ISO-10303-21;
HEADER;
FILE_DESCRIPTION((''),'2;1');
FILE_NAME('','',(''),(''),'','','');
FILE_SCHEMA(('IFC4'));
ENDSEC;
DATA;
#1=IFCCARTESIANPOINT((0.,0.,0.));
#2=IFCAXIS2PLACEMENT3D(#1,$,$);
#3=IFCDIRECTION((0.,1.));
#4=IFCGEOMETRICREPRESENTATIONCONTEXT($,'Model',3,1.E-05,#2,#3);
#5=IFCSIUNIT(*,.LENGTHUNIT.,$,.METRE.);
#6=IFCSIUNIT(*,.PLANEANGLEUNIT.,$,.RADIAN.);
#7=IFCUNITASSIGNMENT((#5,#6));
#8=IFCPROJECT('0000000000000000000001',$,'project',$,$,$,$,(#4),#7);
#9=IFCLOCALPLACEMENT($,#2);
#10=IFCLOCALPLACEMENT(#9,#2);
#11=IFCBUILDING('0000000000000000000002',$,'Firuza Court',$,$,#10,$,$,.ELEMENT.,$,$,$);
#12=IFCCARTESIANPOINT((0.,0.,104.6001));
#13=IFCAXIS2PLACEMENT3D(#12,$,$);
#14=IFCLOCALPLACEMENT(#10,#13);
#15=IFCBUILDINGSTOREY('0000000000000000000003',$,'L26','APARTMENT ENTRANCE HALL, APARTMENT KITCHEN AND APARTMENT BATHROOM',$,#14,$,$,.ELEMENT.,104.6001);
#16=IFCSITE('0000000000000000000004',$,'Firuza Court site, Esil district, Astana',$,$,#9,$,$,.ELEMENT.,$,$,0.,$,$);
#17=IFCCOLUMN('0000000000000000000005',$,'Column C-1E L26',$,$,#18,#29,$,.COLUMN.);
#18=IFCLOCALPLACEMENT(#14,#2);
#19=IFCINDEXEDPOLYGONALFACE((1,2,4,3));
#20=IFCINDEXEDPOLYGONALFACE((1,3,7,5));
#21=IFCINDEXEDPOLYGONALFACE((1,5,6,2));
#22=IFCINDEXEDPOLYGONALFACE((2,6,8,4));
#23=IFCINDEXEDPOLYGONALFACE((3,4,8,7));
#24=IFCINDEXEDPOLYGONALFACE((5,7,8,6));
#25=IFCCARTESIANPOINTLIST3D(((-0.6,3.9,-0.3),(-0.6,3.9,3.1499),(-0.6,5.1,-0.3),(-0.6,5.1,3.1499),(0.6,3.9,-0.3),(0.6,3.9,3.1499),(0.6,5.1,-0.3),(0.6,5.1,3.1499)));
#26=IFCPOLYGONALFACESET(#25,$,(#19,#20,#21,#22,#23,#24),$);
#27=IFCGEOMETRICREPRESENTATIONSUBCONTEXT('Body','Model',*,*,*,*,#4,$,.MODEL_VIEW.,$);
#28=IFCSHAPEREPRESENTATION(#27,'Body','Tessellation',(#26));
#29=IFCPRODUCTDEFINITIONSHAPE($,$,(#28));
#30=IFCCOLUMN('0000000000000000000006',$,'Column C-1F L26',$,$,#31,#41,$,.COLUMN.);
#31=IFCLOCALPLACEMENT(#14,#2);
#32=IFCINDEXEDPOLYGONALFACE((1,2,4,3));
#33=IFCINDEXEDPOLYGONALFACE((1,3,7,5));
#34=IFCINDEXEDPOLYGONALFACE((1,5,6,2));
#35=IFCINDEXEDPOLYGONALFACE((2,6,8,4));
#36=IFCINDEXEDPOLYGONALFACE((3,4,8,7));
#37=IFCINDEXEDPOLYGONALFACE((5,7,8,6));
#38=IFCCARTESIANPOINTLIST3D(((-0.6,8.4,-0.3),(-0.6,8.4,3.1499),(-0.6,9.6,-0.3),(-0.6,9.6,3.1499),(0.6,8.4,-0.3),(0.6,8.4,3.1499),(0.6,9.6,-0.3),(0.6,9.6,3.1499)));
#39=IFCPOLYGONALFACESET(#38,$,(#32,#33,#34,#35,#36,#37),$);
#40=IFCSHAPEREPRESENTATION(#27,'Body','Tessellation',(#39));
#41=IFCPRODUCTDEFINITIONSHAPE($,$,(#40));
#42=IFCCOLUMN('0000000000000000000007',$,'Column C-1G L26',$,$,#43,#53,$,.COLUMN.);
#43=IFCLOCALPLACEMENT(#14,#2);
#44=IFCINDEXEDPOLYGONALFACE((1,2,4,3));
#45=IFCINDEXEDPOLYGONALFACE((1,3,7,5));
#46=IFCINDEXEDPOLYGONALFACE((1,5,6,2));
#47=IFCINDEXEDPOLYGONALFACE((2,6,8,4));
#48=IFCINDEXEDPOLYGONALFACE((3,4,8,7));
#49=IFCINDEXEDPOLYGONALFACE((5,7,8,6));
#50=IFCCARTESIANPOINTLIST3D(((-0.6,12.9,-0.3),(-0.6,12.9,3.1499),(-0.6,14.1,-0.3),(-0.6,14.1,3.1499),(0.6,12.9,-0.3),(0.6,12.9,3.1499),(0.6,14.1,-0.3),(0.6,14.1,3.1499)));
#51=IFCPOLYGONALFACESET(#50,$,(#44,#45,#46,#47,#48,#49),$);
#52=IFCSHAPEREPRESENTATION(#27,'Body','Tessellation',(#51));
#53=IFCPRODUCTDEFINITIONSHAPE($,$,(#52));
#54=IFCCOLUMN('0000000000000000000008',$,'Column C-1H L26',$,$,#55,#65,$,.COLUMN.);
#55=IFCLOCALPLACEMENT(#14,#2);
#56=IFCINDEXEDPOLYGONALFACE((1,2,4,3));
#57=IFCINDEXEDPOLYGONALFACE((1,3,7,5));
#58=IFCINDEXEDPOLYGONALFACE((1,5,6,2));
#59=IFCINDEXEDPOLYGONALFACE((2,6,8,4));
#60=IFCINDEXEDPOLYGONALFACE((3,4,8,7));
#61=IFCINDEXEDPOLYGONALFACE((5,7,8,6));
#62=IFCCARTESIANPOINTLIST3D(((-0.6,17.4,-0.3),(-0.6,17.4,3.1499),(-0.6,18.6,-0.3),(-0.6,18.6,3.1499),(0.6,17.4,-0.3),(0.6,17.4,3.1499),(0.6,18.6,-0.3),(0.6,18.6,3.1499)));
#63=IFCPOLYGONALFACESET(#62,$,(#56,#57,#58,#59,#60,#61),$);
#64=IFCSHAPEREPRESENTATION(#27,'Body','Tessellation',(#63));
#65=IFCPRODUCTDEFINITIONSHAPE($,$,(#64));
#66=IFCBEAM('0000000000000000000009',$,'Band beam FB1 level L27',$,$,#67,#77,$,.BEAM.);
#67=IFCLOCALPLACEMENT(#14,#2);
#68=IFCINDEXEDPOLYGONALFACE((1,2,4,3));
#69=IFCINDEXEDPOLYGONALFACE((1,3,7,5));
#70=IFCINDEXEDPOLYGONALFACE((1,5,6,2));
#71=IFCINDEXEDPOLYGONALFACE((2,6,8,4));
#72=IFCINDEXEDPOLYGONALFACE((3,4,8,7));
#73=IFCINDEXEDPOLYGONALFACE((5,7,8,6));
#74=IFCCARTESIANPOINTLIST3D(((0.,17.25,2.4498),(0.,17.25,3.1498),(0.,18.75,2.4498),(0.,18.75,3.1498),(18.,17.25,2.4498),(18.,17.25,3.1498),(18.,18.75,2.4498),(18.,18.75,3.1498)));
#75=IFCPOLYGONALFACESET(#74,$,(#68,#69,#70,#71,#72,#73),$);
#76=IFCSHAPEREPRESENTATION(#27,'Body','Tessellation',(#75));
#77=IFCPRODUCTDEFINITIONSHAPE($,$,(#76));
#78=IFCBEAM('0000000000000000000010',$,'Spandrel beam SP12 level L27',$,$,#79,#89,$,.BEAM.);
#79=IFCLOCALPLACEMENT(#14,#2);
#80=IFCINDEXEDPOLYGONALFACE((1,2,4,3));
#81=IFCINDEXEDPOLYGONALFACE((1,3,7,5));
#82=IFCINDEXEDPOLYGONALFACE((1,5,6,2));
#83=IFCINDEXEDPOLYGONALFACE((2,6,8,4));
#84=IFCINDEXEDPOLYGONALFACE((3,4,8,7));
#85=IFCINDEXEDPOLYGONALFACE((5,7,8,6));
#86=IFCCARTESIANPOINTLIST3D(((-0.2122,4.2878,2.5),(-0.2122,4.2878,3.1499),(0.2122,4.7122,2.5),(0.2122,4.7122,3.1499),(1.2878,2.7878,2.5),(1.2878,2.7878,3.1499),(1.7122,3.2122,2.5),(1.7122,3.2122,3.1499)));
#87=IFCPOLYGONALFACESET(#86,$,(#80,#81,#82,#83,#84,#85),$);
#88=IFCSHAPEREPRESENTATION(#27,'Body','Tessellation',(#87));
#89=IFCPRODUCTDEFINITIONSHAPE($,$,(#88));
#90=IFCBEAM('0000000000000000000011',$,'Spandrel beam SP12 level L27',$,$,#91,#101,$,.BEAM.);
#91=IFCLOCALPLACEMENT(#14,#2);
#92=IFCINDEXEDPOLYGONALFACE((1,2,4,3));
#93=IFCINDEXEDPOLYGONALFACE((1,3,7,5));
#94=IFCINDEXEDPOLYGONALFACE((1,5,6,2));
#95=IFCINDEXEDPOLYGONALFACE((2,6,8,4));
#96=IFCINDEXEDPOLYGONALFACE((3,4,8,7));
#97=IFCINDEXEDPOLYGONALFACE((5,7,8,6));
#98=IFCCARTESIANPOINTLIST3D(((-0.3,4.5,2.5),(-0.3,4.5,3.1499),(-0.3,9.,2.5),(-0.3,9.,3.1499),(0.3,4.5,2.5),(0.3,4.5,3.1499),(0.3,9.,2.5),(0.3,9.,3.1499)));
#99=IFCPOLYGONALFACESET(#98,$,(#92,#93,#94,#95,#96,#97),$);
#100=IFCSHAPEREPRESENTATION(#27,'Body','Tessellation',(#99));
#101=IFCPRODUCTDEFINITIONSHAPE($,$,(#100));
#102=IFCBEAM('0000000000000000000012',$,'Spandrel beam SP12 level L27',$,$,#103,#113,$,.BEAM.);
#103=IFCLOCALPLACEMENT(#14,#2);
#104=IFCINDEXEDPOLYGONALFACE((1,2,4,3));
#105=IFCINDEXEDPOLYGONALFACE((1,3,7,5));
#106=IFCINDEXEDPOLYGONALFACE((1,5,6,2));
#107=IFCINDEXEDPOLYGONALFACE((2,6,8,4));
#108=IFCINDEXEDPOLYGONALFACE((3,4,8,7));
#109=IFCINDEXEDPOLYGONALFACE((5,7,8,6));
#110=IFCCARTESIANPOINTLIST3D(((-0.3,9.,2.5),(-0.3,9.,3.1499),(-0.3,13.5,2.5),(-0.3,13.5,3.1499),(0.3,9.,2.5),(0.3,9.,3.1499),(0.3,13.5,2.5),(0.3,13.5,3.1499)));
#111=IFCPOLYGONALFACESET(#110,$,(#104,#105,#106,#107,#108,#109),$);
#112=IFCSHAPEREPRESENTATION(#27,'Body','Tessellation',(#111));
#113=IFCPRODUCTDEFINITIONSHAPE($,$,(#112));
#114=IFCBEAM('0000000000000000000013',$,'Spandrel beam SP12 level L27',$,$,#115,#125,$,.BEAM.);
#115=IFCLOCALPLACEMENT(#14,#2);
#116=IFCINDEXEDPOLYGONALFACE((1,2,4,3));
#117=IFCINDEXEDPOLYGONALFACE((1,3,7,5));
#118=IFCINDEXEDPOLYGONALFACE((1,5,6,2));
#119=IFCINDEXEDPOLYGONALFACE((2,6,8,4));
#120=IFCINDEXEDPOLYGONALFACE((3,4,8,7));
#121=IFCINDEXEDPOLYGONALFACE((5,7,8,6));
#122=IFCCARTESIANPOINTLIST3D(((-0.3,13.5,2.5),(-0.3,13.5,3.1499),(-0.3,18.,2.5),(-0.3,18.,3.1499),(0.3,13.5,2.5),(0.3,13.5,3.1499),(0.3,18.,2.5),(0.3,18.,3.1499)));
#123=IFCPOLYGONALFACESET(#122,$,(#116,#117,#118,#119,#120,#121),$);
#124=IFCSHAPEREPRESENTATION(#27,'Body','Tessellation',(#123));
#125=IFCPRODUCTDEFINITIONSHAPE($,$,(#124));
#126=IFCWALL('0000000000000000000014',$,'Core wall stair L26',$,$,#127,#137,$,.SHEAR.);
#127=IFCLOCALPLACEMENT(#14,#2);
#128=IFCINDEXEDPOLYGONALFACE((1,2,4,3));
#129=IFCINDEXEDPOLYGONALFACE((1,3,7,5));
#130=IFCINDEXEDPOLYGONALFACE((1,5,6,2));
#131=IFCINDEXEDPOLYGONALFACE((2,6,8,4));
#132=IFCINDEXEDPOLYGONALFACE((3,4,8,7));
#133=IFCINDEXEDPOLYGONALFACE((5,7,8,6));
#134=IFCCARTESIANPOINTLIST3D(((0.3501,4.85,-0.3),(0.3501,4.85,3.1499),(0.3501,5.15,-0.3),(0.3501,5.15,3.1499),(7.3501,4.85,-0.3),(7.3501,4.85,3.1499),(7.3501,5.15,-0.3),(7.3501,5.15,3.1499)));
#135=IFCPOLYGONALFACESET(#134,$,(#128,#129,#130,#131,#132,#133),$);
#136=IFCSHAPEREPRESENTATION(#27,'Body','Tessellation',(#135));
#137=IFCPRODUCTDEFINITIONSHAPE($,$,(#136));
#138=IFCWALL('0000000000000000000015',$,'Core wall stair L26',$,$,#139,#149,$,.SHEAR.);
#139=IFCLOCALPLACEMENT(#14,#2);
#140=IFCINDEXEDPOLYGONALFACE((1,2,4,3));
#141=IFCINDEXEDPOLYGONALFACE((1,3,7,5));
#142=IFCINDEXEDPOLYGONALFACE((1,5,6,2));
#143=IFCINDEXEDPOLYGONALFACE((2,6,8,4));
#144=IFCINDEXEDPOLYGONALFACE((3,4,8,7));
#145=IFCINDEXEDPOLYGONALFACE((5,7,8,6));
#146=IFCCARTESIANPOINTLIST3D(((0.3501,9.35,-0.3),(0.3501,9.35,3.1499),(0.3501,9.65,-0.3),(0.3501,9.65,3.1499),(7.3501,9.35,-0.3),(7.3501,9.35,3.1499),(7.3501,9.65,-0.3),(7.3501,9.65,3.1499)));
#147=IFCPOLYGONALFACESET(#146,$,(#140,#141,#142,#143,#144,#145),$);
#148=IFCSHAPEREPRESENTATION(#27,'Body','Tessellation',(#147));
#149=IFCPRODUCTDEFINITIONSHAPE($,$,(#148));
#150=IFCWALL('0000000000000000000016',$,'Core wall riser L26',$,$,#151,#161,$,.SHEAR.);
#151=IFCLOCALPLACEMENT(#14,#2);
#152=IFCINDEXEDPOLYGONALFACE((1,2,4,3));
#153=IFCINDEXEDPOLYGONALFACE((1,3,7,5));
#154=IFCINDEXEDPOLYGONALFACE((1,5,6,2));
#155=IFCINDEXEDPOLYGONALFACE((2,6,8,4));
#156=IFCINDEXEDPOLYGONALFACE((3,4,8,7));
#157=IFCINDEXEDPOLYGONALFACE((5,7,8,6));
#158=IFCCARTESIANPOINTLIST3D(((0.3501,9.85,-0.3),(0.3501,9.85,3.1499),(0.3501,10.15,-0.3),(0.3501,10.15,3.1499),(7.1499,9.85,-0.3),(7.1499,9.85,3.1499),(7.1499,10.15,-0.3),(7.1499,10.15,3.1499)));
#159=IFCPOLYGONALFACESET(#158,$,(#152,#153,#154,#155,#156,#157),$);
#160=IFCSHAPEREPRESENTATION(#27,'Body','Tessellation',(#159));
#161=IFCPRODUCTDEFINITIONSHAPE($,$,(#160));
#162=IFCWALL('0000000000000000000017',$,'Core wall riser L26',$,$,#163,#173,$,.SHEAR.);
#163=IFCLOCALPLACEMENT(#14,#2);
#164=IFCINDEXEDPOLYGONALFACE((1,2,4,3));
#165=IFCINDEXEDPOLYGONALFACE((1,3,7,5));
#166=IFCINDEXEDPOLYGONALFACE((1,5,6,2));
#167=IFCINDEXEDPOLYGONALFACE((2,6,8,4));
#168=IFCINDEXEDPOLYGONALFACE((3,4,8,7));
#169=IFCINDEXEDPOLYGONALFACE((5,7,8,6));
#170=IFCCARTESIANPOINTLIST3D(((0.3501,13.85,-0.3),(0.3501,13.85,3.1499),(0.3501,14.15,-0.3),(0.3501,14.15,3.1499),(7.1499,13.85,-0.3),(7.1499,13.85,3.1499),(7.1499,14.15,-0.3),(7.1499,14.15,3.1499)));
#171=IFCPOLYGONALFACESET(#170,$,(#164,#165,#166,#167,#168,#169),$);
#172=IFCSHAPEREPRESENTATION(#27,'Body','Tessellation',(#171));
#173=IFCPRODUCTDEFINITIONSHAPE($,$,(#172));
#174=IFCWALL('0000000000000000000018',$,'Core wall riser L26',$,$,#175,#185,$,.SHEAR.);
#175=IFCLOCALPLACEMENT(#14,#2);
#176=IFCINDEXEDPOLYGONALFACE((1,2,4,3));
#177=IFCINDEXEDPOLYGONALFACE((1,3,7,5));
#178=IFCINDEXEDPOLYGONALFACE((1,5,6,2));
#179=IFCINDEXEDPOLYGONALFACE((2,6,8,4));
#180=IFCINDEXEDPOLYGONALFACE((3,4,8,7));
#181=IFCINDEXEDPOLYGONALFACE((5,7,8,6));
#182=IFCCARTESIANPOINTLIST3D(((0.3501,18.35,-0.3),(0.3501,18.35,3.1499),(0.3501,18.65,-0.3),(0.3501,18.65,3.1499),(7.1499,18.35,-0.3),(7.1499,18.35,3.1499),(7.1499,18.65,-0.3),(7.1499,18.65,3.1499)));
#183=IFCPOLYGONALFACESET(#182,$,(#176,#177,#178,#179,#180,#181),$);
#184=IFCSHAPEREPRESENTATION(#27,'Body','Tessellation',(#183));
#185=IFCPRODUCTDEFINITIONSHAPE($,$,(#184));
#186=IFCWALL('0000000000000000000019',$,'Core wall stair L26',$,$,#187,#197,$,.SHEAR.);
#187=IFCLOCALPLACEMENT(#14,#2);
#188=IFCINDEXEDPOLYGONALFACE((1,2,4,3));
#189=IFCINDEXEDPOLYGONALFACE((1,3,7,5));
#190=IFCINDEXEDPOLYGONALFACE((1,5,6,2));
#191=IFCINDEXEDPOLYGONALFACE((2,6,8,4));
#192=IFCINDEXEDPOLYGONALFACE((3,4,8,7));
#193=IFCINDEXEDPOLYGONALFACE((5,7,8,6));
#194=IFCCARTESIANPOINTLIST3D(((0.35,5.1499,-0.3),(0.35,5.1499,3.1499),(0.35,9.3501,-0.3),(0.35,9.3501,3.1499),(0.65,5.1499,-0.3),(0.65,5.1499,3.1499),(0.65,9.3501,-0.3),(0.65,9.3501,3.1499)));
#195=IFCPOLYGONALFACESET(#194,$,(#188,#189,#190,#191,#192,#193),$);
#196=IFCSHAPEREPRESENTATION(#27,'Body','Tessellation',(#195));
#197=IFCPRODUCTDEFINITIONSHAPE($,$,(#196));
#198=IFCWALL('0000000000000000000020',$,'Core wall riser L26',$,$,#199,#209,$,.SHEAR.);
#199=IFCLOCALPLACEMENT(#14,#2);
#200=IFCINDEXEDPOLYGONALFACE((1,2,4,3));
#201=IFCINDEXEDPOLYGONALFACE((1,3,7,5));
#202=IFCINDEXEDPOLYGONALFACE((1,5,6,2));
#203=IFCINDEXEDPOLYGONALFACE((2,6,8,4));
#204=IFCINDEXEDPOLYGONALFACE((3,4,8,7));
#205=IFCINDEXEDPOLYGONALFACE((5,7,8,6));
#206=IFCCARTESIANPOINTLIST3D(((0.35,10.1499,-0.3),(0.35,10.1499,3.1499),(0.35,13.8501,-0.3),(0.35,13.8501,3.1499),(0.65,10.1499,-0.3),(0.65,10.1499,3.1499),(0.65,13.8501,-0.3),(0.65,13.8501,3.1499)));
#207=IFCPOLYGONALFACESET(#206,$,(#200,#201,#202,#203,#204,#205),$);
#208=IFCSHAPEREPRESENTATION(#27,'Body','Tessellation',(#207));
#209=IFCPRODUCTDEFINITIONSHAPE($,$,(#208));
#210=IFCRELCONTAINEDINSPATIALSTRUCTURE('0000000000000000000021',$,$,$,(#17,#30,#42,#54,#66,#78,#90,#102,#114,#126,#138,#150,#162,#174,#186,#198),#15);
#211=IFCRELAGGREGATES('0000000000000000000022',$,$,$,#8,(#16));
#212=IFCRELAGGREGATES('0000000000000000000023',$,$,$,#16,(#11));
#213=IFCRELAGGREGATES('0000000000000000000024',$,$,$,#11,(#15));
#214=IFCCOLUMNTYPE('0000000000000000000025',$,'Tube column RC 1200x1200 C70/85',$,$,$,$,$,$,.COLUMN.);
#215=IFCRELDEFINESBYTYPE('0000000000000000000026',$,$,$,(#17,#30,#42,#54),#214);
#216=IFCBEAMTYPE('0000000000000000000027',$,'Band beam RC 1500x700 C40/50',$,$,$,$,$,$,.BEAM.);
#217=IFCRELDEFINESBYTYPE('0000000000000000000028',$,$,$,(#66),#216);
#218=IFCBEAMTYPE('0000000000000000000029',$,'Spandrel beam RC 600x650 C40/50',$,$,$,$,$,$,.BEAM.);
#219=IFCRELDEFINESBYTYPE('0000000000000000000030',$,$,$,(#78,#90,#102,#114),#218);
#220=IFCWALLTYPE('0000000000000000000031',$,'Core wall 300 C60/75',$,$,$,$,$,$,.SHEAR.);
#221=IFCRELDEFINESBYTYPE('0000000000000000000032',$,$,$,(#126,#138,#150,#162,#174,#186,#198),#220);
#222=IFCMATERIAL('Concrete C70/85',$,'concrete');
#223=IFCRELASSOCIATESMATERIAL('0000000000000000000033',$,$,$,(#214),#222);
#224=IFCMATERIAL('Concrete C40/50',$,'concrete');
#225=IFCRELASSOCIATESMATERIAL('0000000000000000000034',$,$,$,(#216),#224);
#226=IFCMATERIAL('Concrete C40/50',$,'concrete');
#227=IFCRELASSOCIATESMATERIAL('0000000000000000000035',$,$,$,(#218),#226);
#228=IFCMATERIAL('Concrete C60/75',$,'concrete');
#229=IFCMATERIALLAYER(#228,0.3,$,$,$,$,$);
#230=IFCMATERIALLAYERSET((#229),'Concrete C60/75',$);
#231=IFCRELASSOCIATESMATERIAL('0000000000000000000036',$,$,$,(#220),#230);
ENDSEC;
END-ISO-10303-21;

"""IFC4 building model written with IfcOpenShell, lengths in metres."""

from ifc_helpers import new_model, si_unit, direction, frame, frame_2d, origin, origin_2d, place, context, subcontext, project, spatial, rectangle, extrude, material, layer, layer_set, material_profile, profile_set, type_object, element, save


model = new_model("IFC4")

# Units and contexts
model_context = context("Model", 3, precision=1e-05, world=origin(), true_north=direction((0.0, 1.0)))
body_context = subcontext(model_context, "Body", "Model", "MODEL_VIEW")
ifc_project = project(units=[si_unit("LENGTHUNIT", "METRE"), si_unit("PLANEANGLEUNIT", "RADIAN")], contexts=[model_context])

# Site, building, storey
site_placement = place(None, origin())
site = spatial("IfcSite", under=ifc_project, at=site_placement, Name="Firuza Court site, Esil district, Astana", CompositionType="ELEMENT", RefElevation=0.0)
building_placement = place(site_placement, origin())
building = spatial("IfcBuilding", under=site, at=building_placement, Name="Firuza Court", CompositionType="ELEMENT")
storey_placement = place(building_placement, frame((0.0, 0.0, 104.6001)))
storey = spatial("IfcBuildingStorey", under=building, at=storey_placement, Name="L26", Description="APARTMENT ENTRANCE HALL, APARTMENT KITCHEN AND APARTMENT BATHROOM", CompositionType="ELEMENT", Elevation=104.6001)

# Columns
ifc_material_1 = material(Name="Concrete C70/85", Category="concrete")
ifc_material_profile_1 = material_profile(ifc_material_1, rectangle(XDim=1.2, YDim=1.2, at=origin_2d()), Name="RC 1200x1200")
ifc_profile_set_1 = profile_set([ifc_material_profile_1], Name="Concrete C70/85")
column_type = type_object("IfcColumnType", Name="Tube column RC 1200x1200 C70/85", PredefinedType="COLUMN", material=ifc_profile_set_1)
for number, where, z_axis, x_axis, name in (
    (1, (0.0, 4.5, -0.3), (0.0, 0.0, 1.0), (1.0, 0.0, 0.0), "Column C-1E L26"),
    (2, (0.0, 9.0, -0.3), (0.0, 0.0, 1.0), (1.0, 0.0, 0.0), "Column C-1F L26"),
    (3, (0.0, 13.5, -0.3), (0.0, 0.0, 1.0), (1.0, 0.0, 0.0), "Column C-1G L26"),
    (4, (0.0, 18.0, -0.3), (0.0, 0.0, 1.0), (1.0, 0.0, 0.0), "Column C-1H L26"),
):
    element("IfcColumn", number, at=place(storey_placement, frame(where, z_axis=z_axis, x_axis=x_axis)), inside=storey, type_object=column_type, Name=name, PredefinedType="COLUMN", context=body_context, shape_type="SweptSolid", body=[
        extrude(rectangle(XDim=1.2, YDim=1.2, at=origin_2d()), origin(), (0.0, 0.0, 1.0), 3.45),
    ])

# Beams
ifc_material_2 = material(Name="Concrete C40/50", Category="concrete")
ifc_material_profile_2 = material_profile(ifc_material_2, rectangle(XDim=1.5, YDim=0.7, at=origin_2d()), Name="RC 1500x700")
ifc_profile_set_2 = profile_set([ifc_material_profile_2], Name="Concrete C40/50")
beam_type_1 = type_object("IfcBeamType", Name="Band beam RC 1500x700 C40/50", PredefinedType="BEAM", material=ifc_profile_set_2)
beam_1_placement = place(storey_placement, frame((0.0, 18.0, 2.7998), z_axis=(1.0, 0.0, 0.0), x_axis=(0.0, 1.0, 0.0)))
element("IfcBeam", 5, at=beam_1_placement, inside=storey, type_object=beam_type_1, Name="Band beam FB1 level L27", PredefinedType="BEAM", context=body_context, shape_type="SweptSolid", body=[
    extrude(rectangle(XDim=1.5, YDim=0.7, at=origin_2d()), origin(), (0.0, 0.0, 1.0), 18.0),
])
ifc_material_3 = material(Name="Concrete C40/50", Category="concrete")
ifc_material_profile_3 = material_profile(ifc_material_3, rectangle(XDim=0.6001, YDim=0.6499, at=origin_2d()), Name="RC 600x650")
ifc_profile_set_3 = profile_set([ifc_material_profile_3], Name="Concrete C40/50")
beam_type_2 = type_object("IfcBeamType", Name="Spandrel beam RC 600x650 C40/50", PredefinedType="BEAM", material=ifc_profile_set_3)
beam_2_placement = place(storey_placement, frame((0.0, 4.5, 2.825), z_axis=(0.707107, -0.707107, 0.0), x_axis=(0.707107, 0.707107, 0.0)))
element("IfcBeam", 6, at=beam_2_placement, inside=storey, type_object=beam_type_2, Name="Spandrel beam SP12 level L27", PredefinedType="BEAM", context=body_context, shape_type="SweptSolid", body=[
    extrude(rectangle(XDim=0.6001, YDim=0.6499, at=origin_2d()), origin(), (0.0, 0.0, 1.0), 2.1213),
])
for number, where, z_axis, x_axis, name in (
    (7, (0.0, 9.0, 2.825), (0.0, -1.0, 0.0), (1.0, 0.0, 0.0), "Spandrel beam SP12 level L27"),
    (8, (0.0, 13.5, 2.825), (0.0, -1.0, 0.0), (1.0, 0.0, 0.0), "Spandrel beam SP12 level L27"),
    (9, (0.0, 18.0, 2.825), (0.0, -1.0, 0.0), (1.0, 0.0, 0.0), "Spandrel beam SP12 level L27"),
):
    element("IfcBeam", number, at=place(storey_placement, frame(where, z_axis=z_axis, x_axis=x_axis)), inside=storey, type_object=beam_type_2, Name=name, PredefinedType="BEAM", context=body_context, shape_type="SweptSolid", body=[
        extrude(rectangle(XDim=0.6001, YDim=0.6499, at=origin_2d()), origin(), (0.0, 0.0, 1.0), 4.5),
    ])

# Walls
ifc_material_4 = material(Name="Concrete C60/75", Category="concrete")
ifc_layer_1 = layer(ifc_material_4, 0.3)
ifc_layer_set_1 = layer_set([ifc_layer_1], Name="Concrete C60/75")
wall_type_1 = type_object("IfcWallType", Name="Core wall 300 C60/75", PredefinedType="SHEAR", material=ifc_layer_set_1)
for number, where, z_axis, x_axis, name in (
    (10, (0.3501, 5.0, -0.3), (0.0, 0.0, 1.0), (1.0, 0.0, 0.0), "Core wall stair L26"),
    (11, (0.3501, 9.5, -0.3), (0.0, 0.0, 1.0), (1.0, 0.0, 0.0), "Core wall stair L26"),
):
    element("IfcWall", number, at=place(storey_placement, frame(where, z_axis=z_axis, x_axis=x_axis)), inside=storey, type_object=wall_type_1, Name=name, PredefinedType="SHEAR", context=body_context, shape_type="SweptSolid", body=[
        extrude(rectangle(XDim=7.0, YDim=0.3, at=frame_2d((3.5, 0.0))), origin(), (0.0, 0.0, 1.0), 3.45),
    ])
for number, where, z_axis, x_axis, name in (
    (12, (0.3501, 10.0, -0.3), (0.0, 0.0, 1.0), (1.0, 0.0, 0.0), "Core wall riser L26"),
    (13, (0.3501, 14.0, -0.3), (0.0, 0.0, 1.0), (1.0, 0.0, 0.0), "Core wall riser L26"),
    (14, (0.3501, 18.5, -0.3), (0.0, 0.0, 1.0), (1.0, 0.0, 0.0), "Core wall riser L26"),
):
    element("IfcWall", number, at=place(storey_placement, frame(where, z_axis=z_axis, x_axis=x_axis)), inside=storey, type_object=wall_type_1, Name=name, PredefinedType="SHEAR", context=body_context, shape_type="SweptSolid", body=[
        extrude(rectangle(XDim=6.7998, YDim=0.3, at=frame_2d((3.3999, 0.0))), origin(), (0.0, 0.0, 1.0), 3.45),
    ])
wall_1_placement = place(storey_placement, frame((0.5, 5.1499, -0.3), z_axis=(0.0, 0.0, 1.0), x_axis=(0.0, 1.0, 0.0)))
element("IfcWall", 15, at=wall_1_placement, inside=storey, type_object=wall_type_1, Name="Core wall stair L26", PredefinedType="SHEAR", context=body_context, shape_type="SweptSolid", body=[
    extrude(rectangle(XDim=4.2002, YDim=0.3, at=frame_2d((2.1001, 0.0))), origin(), (0.0, 0.0, 1.0), 3.45),
])
for number, where, z_axis, x_axis, name in (
    (16, (0.5, 10.1499, -0.3), (0.0, 0.0, 1.0), (0.0, 1.0, 0.0), "Core wall riser L26"),
):
    element("IfcWall", number, at=place(storey_placement, frame(where, z_axis=z_axis, x_axis=x_axis)), inside=storey, type_object=wall_type_1, Name=name, PredefinedType="SHEAR", context=body_context, shape_type="SweptSolid", body=[
        extrude(rectangle(XDim=3.7002, YDim=0.3, at=frame_2d((1.8501, 0.0))), origin(), (0.0, 0.0, 1.0), 3.45),
    ])

save(model, "model.ifc")
